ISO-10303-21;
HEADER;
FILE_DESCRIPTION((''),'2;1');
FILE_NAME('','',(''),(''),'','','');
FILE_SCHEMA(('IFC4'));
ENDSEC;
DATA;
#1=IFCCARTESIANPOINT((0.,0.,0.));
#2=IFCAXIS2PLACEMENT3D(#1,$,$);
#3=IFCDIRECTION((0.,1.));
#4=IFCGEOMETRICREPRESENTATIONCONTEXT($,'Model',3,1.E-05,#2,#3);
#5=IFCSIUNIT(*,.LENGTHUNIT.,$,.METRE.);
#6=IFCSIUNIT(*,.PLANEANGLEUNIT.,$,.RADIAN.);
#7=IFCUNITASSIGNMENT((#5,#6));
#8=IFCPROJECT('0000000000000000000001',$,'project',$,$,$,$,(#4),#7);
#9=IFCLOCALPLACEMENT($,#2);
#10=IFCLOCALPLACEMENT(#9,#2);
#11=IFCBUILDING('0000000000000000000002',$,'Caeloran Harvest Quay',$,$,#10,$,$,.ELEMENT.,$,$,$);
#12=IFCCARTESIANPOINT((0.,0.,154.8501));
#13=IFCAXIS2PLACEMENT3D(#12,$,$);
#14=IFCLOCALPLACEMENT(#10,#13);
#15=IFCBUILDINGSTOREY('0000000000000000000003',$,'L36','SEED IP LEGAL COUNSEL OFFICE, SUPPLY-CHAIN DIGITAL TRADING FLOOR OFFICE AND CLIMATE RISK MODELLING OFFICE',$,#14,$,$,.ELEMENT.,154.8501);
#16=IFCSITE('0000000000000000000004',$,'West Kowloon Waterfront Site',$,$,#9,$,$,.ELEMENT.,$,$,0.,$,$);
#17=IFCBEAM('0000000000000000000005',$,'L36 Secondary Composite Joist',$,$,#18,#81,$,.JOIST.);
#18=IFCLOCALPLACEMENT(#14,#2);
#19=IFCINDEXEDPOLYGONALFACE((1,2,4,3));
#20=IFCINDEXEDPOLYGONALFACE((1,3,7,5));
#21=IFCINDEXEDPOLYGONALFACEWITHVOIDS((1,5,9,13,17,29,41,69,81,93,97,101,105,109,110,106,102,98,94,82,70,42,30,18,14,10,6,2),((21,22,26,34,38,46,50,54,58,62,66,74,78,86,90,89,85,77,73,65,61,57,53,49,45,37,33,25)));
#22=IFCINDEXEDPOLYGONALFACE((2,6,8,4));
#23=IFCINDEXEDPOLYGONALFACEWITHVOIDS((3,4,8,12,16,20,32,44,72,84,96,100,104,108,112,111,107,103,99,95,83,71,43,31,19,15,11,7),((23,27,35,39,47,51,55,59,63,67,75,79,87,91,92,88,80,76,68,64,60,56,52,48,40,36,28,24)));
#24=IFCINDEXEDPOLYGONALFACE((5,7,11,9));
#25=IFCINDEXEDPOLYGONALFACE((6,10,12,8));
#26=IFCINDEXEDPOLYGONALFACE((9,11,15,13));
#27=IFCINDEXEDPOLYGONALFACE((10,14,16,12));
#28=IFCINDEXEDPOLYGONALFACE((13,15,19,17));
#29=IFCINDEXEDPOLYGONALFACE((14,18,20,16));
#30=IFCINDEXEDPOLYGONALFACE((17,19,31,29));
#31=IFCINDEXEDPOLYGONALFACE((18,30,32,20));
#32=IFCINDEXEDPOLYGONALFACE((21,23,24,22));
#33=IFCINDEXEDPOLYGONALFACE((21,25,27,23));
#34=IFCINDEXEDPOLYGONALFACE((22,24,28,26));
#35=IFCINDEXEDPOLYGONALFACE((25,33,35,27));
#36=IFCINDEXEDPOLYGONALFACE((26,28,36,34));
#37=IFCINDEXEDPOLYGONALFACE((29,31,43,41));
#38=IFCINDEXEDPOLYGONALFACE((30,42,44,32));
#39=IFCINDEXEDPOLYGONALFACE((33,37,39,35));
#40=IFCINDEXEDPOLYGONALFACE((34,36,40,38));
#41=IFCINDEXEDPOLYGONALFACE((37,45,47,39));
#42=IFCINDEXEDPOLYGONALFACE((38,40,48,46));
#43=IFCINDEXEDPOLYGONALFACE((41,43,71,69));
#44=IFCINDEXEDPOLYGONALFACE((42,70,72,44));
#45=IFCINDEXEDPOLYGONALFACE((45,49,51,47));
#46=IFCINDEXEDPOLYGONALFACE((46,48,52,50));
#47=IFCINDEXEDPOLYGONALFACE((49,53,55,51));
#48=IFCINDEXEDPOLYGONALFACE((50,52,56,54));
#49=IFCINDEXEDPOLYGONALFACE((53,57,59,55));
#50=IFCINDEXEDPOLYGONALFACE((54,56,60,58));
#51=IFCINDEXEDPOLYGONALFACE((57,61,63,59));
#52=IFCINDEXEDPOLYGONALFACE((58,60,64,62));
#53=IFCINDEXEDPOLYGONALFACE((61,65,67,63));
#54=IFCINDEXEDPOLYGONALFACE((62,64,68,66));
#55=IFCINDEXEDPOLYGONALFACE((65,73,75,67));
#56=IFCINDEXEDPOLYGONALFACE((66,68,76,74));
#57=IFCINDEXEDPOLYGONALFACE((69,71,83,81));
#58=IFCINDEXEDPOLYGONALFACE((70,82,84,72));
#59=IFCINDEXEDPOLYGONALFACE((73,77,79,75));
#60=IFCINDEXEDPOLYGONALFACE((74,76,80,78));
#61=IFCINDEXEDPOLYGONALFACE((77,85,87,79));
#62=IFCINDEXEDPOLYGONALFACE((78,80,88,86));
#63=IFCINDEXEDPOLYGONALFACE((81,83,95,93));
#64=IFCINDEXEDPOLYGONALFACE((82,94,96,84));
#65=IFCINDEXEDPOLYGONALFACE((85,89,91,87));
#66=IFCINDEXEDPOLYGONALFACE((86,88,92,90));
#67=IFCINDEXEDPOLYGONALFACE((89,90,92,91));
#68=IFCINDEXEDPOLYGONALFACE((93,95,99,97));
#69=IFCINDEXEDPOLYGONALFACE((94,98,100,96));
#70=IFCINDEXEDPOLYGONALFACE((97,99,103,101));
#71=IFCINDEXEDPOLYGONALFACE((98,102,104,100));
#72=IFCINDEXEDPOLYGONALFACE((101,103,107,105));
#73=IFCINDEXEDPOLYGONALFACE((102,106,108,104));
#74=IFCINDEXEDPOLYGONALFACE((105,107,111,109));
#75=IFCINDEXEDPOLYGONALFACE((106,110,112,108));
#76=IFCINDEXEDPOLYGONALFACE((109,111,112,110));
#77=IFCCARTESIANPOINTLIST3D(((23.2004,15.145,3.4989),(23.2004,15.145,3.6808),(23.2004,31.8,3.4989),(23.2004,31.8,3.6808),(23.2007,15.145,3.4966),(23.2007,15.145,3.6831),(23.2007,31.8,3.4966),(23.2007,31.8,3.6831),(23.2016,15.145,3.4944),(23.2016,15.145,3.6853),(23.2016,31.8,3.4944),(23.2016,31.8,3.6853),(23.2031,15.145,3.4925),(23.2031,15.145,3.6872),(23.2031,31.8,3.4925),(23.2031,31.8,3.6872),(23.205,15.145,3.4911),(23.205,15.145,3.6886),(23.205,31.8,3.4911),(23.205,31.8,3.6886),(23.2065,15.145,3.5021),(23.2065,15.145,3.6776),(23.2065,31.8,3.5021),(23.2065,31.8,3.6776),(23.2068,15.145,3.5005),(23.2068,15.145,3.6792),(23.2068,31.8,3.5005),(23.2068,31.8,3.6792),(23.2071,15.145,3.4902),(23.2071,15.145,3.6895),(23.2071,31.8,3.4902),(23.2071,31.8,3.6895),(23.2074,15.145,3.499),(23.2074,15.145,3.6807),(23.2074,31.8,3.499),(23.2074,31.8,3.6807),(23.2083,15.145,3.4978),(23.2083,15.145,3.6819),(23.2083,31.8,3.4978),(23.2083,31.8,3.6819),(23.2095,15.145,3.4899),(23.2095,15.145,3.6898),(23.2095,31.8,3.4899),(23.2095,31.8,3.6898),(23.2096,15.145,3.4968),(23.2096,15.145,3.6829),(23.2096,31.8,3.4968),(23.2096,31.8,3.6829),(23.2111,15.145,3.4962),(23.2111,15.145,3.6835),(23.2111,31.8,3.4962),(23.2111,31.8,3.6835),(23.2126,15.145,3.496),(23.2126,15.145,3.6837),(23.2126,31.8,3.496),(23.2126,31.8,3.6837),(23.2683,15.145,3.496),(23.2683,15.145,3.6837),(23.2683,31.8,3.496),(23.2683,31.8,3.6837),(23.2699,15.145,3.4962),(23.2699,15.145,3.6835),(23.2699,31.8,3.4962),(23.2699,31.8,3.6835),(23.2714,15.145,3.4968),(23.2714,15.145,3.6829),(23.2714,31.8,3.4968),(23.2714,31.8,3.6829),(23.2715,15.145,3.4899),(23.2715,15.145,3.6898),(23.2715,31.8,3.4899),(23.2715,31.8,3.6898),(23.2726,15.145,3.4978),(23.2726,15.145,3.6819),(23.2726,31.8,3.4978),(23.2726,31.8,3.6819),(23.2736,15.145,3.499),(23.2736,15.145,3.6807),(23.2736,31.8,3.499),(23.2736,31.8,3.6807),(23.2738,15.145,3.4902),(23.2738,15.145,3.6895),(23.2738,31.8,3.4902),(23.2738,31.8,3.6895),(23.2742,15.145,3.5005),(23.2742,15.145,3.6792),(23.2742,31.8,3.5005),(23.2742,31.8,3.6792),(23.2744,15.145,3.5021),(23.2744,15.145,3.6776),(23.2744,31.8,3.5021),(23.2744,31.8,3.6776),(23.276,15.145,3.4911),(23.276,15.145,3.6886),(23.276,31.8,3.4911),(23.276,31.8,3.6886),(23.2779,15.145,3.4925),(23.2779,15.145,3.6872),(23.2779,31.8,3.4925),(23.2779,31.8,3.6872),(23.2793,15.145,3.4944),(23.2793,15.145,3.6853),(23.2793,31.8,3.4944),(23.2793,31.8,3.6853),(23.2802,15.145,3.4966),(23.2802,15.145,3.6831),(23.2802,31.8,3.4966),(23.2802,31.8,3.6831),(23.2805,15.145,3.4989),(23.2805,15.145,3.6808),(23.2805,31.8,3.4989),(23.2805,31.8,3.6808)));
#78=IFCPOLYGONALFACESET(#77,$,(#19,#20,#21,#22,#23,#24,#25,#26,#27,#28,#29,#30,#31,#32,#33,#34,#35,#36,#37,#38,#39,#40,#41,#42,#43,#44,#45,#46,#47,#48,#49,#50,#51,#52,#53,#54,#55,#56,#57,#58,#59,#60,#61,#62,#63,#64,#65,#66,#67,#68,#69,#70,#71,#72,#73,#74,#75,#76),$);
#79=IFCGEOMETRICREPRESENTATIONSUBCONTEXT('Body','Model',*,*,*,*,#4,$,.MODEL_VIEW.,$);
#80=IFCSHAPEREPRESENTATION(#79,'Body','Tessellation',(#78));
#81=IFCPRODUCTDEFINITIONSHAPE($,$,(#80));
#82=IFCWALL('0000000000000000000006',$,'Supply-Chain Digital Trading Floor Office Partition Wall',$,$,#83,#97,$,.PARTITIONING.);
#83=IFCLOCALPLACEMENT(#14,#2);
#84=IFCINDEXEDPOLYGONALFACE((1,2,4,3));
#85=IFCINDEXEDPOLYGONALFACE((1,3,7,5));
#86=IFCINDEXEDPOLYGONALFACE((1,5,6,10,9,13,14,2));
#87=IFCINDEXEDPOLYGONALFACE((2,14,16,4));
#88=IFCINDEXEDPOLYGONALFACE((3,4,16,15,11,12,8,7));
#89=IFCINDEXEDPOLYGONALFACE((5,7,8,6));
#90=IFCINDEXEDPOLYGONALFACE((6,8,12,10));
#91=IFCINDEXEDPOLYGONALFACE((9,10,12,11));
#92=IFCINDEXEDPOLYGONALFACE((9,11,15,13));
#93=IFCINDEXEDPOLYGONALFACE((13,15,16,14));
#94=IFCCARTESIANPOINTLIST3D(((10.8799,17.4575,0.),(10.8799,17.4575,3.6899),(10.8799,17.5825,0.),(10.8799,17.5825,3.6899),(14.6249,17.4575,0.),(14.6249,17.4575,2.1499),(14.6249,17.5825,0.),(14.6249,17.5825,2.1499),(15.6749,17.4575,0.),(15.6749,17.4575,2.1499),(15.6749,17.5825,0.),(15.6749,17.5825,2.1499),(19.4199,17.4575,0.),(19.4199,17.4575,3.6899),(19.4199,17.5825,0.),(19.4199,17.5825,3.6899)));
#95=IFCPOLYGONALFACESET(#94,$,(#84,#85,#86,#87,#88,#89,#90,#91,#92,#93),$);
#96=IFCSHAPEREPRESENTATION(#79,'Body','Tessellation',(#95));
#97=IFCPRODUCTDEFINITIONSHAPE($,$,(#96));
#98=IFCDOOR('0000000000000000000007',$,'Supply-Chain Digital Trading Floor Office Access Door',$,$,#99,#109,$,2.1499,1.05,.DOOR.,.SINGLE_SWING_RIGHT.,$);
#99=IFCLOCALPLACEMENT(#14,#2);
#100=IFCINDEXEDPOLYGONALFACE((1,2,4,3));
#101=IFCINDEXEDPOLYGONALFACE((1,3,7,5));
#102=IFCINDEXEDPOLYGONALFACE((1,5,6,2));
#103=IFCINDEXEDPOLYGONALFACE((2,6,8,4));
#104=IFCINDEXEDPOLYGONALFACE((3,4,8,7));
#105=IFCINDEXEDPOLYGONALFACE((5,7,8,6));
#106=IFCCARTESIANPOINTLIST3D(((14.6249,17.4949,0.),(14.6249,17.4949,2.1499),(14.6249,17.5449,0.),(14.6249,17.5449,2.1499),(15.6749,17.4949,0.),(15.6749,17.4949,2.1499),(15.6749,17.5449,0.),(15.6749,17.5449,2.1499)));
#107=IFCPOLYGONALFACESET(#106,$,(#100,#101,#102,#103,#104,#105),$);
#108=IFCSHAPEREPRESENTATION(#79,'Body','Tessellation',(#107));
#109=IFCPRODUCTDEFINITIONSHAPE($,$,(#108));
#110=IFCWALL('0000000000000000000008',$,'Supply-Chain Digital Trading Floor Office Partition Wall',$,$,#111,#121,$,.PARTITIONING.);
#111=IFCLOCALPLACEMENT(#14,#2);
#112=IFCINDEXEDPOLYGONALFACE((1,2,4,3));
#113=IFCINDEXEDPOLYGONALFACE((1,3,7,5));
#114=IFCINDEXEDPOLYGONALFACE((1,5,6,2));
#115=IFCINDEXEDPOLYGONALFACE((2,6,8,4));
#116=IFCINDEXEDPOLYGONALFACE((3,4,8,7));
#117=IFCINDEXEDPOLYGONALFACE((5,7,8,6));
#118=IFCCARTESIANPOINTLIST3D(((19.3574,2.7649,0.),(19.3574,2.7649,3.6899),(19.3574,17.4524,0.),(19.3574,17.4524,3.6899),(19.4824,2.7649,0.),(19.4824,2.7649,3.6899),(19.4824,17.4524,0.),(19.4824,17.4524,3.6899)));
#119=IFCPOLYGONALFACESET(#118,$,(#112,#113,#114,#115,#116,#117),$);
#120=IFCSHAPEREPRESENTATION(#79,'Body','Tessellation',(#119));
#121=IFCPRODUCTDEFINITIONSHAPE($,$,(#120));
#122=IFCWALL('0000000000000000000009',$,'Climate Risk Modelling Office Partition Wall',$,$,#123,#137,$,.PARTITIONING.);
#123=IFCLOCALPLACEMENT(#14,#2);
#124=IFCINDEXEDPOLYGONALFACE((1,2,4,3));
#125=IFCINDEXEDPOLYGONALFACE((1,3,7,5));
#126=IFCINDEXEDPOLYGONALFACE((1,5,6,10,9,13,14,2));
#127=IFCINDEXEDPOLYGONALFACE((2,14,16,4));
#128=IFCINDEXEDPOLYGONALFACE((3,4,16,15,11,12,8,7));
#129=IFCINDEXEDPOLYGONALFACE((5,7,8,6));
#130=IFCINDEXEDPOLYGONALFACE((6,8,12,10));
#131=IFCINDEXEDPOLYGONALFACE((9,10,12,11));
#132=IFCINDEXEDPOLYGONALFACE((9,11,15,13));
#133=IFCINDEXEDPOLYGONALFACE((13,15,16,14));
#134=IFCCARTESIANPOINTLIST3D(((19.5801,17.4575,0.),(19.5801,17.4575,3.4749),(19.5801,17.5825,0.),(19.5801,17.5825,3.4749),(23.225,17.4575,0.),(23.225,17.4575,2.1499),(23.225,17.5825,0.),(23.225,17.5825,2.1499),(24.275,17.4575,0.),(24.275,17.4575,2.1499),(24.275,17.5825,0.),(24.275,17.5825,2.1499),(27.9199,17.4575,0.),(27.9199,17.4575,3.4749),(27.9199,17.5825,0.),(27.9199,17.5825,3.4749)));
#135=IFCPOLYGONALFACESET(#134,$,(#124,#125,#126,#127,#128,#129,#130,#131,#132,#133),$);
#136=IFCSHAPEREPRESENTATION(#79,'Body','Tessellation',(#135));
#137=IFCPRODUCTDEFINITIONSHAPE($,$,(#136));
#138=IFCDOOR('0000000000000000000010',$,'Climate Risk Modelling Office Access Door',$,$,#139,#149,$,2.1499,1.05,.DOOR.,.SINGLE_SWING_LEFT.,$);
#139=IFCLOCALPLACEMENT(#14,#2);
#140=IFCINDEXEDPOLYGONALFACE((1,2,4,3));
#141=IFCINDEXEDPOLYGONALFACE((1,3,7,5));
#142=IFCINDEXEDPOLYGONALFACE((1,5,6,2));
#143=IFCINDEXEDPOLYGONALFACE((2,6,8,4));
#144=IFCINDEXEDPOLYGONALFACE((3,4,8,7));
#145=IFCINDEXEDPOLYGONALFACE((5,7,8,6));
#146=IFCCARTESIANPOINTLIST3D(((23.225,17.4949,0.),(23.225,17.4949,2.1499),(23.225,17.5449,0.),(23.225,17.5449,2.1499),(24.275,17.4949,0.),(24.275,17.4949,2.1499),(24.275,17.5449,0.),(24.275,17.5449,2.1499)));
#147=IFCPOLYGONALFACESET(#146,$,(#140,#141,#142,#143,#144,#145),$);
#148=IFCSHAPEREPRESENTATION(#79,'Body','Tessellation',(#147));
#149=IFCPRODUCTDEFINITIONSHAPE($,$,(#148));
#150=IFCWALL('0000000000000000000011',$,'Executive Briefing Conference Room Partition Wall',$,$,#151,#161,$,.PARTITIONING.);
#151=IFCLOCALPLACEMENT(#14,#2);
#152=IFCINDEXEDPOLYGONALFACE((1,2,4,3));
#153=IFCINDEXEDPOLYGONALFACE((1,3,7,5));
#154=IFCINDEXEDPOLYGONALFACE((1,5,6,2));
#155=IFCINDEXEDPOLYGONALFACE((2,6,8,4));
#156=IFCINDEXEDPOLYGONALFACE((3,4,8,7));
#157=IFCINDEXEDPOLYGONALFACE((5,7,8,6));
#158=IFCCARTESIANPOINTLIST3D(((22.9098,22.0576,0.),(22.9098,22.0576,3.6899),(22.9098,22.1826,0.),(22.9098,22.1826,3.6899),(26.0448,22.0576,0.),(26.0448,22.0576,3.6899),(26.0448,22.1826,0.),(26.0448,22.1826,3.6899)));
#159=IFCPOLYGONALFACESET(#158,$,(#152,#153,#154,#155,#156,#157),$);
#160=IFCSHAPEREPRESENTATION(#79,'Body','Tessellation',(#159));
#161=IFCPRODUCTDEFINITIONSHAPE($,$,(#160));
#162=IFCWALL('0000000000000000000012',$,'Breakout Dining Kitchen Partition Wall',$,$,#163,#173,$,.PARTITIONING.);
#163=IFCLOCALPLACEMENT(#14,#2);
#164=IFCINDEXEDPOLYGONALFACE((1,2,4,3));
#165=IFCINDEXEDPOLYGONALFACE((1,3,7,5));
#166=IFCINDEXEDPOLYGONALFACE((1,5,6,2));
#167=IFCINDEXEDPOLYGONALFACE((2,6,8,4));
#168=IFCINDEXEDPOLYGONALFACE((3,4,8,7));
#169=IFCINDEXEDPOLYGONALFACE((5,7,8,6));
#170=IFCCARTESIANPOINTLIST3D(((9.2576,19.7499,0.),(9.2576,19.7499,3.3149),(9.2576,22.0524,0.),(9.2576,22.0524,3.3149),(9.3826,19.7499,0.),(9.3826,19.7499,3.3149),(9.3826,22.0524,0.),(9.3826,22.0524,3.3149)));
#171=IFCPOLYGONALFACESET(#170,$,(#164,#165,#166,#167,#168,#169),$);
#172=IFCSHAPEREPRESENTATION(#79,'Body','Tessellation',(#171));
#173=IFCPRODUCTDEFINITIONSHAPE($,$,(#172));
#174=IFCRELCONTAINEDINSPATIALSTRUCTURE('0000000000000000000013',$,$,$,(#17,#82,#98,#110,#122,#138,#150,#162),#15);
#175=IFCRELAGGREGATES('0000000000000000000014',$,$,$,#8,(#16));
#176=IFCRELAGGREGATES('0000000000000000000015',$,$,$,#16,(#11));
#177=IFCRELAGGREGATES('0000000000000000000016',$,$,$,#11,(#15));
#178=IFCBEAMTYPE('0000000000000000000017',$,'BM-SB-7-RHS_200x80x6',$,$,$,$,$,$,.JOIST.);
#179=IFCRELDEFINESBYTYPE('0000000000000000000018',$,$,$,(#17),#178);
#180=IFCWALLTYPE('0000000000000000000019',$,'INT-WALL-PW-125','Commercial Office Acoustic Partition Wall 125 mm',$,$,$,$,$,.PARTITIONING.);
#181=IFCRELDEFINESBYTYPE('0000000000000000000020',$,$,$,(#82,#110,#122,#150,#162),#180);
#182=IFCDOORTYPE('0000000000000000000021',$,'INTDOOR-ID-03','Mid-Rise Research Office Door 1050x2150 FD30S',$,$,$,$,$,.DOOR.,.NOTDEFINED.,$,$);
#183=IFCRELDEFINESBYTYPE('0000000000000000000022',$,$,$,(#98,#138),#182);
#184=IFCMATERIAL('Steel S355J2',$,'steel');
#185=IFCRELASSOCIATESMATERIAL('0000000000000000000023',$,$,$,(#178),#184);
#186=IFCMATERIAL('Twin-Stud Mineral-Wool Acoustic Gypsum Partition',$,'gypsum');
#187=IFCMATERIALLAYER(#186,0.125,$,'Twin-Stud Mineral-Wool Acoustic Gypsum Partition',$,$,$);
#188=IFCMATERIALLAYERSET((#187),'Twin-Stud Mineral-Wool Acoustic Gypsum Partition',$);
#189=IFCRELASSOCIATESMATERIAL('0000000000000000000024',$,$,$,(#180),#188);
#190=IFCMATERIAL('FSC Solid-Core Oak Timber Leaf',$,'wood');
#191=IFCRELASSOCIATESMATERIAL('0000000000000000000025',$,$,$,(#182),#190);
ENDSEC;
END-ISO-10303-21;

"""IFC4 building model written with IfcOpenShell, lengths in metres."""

from ifc_helpers import new_model, si_unit, direction, frame, frame_2d, origin, origin_2d, place, context, subcontext, project, spatial, rectangle, hollow_rectangle, extrude, material, layer, layer_set, material_profile, profile_set, type_object, element, fill, save


model = new_model("IFC4")

# Units and contexts
model_context = context("Model", 3, precision=1e-05, world=origin(), true_north=direction((0.0, 1.0)))
body_context = subcontext(model_context, "Body", "Model", "MODEL_VIEW")
ifc_project = project(units=[si_unit("LENGTHUNIT", "METRE"), si_unit("PLANEANGLEUNIT", "RADIAN")], contexts=[model_context])

# Site, building, storey
site_placement = place(None, origin())
site = spatial("IfcSite", under=ifc_project, at=site_placement, Name="West Kowloon Waterfront Site", CompositionType="ELEMENT", RefElevation=0.0)
building_placement = place(site_placement, origin())
building = spatial("IfcBuilding", under=site, at=building_placement, Name="Caeloran Harvest Quay", CompositionType="ELEMENT")
storey_placement = place(building_placement, frame((0.0, 0.0, 154.8501)))
storey = spatial("IfcBuildingStorey", under=building, at=storey_placement, Name="L36", Description="SEED IP LEGAL COUNSEL OFFICE, SUPPLY-CHAIN DIGITAL TRADING FLOOR OFFICE AND CLIMATE RISK MODELLING OFFICE", CompositionType="ELEMENT", Elevation=154.8501)

# Beam
ifc_material_1 = material(Name="Steel S355J2", Category="steel")
ifc_material_profile_1 = material_profile(ifc_material_1, hollow_rectangle(XDim=0.0801, YDim=0.2, WallThickness=0.0061, InnerFilletRadius=0.0061, OuterFilletRadius=0.009, at=origin_2d()), Name="RHS 200x80x6")
ifc_profile_set_1 = profile_set([ifc_material_profile_1], Name="Steel S355J2")
beam_type_1 = type_object("IfcBeamType", Name="BM-SB-7-RHS_200x80x6", PredefinedType="JOIST", material=ifc_profile_set_1)
for number, where, z_axis, x_axis, name in (
    (1, (23.2405, 15.145, 3.5898), (0.0, 1.0, 0.0), (-1.0, 0.0, 0.0), "L36 Secondary Composite Joist"),
):
    element("IfcBeam", number, at=place(storey_placement, frame(where, z_axis=z_axis, x_axis=x_axis)), inside=storey, type_object=beam_type_1, Name=name, PredefinedType="JOIST", context=body_context, shape_type="SweptSolid", body=[
        extrude(hollow_rectangle(XDim=0.0801, YDim=0.2, WallThickness=0.0061, InnerFilletRadius=0.0061, OuterFilletRadius=0.009, at=origin_2d()), origin(), (0.0, 0.0, 1.0), 16.655),
    ])

# Wall, opening, door
ifc_material_2 = material(Name="Twin-Stud Mineral-Wool Acoustic Gypsum Partition", Category="gypsum")
ifc_layer_1 = layer(ifc_material_2, 0.125, Name="Twin-Stud Mineral-Wool Acoustic Gypsum Partition")
ifc_layer_set_1 = layer_set([ifc_layer_1], Name="Twin-Stud Mineral-Wool Acoustic Gypsum Partition")
wall_type_1 = type_object("IfcWallType", Name="INT-WALL-PW-125", Description="Commercial Office Acoustic Partition Wall 125 mm", PredefinedType="PARTITIONING", material=ifc_layer_set_1)
wall_1_placement = place(storey_placement, frame((10.8799, 17.52, 0.0), z_axis=(0.0, 0.0, 1.0), x_axis=(1.0, 0.0, 0.0)))
wall_1 = element("IfcWall", 2, at=wall_1_placement, inside=storey, type_object=wall_type_1, Name="Supply-Chain Digital Trading Floor Office Partition Wall", PredefinedType="PARTITIONING", context=body_context, shape_type="SweptSolid", body=[
    extrude(rectangle(XDim=8.54, YDim=0.125, at=frame_2d((4.27, 0.0))), origin(), (0.0, 0.0, 1.0), 3.6899),
])
opening_1_placement = place(wall_1_placement, frame((3.7451, 0.0, 0.0)))
opening_1 = element("IfcOpeningElement", 3, at=opening_1_placement, cuts=wall_1, PredefinedType="OPENING", context=body_context, shape_type="SweptSolid", body=[
    extrude(rectangle(XDim=1.05, YDim=2.1499, at=frame_2d((0.5249, 1.075))), frame((0.0, 0.0725, 0.0), z_axis=(0.0, -1.0, 0.0), x_axis=(1.0, 0.0, 0.0)), (0.0, 0.0, 1.0), 0.145),
])
ifc_material_3 = material(Name="FSC Solid-Core Oak Timber Leaf", Category="wood")
door_type_1 = type_object("IfcDoorType", Name="INTDOOR-ID-03", Description="Mid-Rise Research Office Door 1050x2150 FD30S", OperationType="NOTDEFINED", PredefinedType="DOOR", material=ifc_material_3)
door_1_placement = place(opening_1_placement, origin())
door_1 = element("IfcDoor", 4, at=door_1_placement, inside=storey, type_object=door_type_1, Name="Supply-Chain Digital Trading Floor Office Access Door", OperationType="SINGLE_SWING_RIGHT", OverallHeight=2.1499, OverallWidth=1.05, PredefinedType="DOOR", context=body_context, shape_type="SweptSolid", body=[
    extrude(rectangle(XDim=1.05, YDim=2.1499, at=frame_2d((0.5249, 1.075))), frame((0.0, 0.0249, 0.0), z_axis=(0.0, -1.0, 0.0), x_axis=(1.0, 0.0, 0.0)), (0.0, 0.0, 1.0), 0.05),
])
fill(opening_1, door_1)

# Wall
wall_2_placement = place(storey_placement, frame((19.4199, 17.4524, 0.0), z_axis=(0.0, 0.0, 1.0), x_axis=(0.0, -1.0, 0.0)))
element("IfcWall", 5, at=wall_2_placement, inside=storey, type_object=wall_type_1, Name="Supply-Chain Digital Trading Floor Office Partition Wall", PredefinedType="PARTITIONING", context=body_context, shape_type="SweptSolid", body=[
    extrude(rectangle(XDim=14.6875, YDim=0.125, at=frame_2d((7.3438, 0.0))), origin(), (0.0, 0.0, 1.0), 3.6899),
])

# Wall, opening, door
wall_3_placement = place(storey_placement, frame((19.5801, 17.52, 0.0), z_axis=(0.0, 0.0, 1.0), x_axis=(1.0, 0.0, 0.0)))
wall_3 = element("IfcWall", 6, at=wall_3_placement, inside=storey, type_object=wall_type_1, Name="Climate Risk Modelling Office Partition Wall", PredefinedType="PARTITIONING", context=body_context, shape_type="SweptSolid", body=[
    extrude(rectangle(XDim=8.3398, YDim=0.125, at=frame_2d((4.1699, 0.0))), origin(), (0.0, 0.0, 1.0), 3.4749),
])
opening_2_placement = place(wall_3_placement, frame((3.645, 0.0, 0.0)))
opening_2 = element("IfcOpeningElement", 7, at=opening_2_placement, cuts=wall_3, PredefinedType="OPENING", context=body_context, shape_type="SweptSolid", body=[
    extrude(rectangle(XDim=1.05, YDim=2.1499, at=frame_2d((0.5249, 1.075))), frame((0.0, 0.0725, 0.0), z_axis=(0.0, -1.0, 0.0), x_axis=(1.0, 0.0, 0.0)), (0.0, 0.0, 1.0), 0.145),
])
door_2_placement = place(opening_2_placement, origin())
door_2 = element("IfcDoor", 8, at=door_2_placement, inside=storey, type_object=door_type_1, Name="Climate Risk Modelling Office Access Door", OperationType="SINGLE_SWING_LEFT", OverallHeight=2.1499, OverallWidth=1.05, PredefinedType="DOOR", context=body_context, shape_type="SweptSolid", body=[
    extrude(rectangle(XDim=1.05, YDim=2.1499, at=frame_2d((0.5249, 1.075))), frame((0.0, 0.0249, 0.0), z_axis=(0.0, -1.0, 0.0), x_axis=(1.0, 0.0, 0.0)), (0.0, 0.0, 1.0), 0.05),
])
fill(opening_2, door_2)

# Walls
wall_4_placement = place(storey_placement, frame((22.9099, 22.1201, 0.0), z_axis=(0.0, 0.0, 1.0), x_axis=(1.0, 0.0, 0.0)))
element("IfcWall", 9, at=wall_4_placement, inside=storey, type_object=wall_type_1, Name="Executive Briefing Conference Room Partition Wall", PredefinedType="PARTITIONING", context=body_context, shape_type="SweptSolid", body=[
    extrude(rectangle(XDim=3.135, YDim=0.125, at=frame_2d((1.5674, 0.0))), origin(), (0.0, 0.0, 1.0), 3.6899),
])
wall_5_placement = place(storey_placement, frame((9.3201, 22.0525, 0.0), z_axis=(0.0, 0.0, 1.0), x_axis=(0.0, -1.0, 0.0)))
element("IfcWall", 10, at=wall_5_placement, inside=storey, type_object=wall_type_1, Name="Breakout Dining Kitchen Partition Wall", PredefinedType="PARTITIONING", context=body_context, shape_type="SweptSolid", body=[
    extrude(rectangle(XDim=2.3025, YDim=0.125, at=frame_2d((1.1514, 0.0))), origin(), (0.0, 0.0, 1.0), 3.3149),
])

save(model, "model.ifc")
